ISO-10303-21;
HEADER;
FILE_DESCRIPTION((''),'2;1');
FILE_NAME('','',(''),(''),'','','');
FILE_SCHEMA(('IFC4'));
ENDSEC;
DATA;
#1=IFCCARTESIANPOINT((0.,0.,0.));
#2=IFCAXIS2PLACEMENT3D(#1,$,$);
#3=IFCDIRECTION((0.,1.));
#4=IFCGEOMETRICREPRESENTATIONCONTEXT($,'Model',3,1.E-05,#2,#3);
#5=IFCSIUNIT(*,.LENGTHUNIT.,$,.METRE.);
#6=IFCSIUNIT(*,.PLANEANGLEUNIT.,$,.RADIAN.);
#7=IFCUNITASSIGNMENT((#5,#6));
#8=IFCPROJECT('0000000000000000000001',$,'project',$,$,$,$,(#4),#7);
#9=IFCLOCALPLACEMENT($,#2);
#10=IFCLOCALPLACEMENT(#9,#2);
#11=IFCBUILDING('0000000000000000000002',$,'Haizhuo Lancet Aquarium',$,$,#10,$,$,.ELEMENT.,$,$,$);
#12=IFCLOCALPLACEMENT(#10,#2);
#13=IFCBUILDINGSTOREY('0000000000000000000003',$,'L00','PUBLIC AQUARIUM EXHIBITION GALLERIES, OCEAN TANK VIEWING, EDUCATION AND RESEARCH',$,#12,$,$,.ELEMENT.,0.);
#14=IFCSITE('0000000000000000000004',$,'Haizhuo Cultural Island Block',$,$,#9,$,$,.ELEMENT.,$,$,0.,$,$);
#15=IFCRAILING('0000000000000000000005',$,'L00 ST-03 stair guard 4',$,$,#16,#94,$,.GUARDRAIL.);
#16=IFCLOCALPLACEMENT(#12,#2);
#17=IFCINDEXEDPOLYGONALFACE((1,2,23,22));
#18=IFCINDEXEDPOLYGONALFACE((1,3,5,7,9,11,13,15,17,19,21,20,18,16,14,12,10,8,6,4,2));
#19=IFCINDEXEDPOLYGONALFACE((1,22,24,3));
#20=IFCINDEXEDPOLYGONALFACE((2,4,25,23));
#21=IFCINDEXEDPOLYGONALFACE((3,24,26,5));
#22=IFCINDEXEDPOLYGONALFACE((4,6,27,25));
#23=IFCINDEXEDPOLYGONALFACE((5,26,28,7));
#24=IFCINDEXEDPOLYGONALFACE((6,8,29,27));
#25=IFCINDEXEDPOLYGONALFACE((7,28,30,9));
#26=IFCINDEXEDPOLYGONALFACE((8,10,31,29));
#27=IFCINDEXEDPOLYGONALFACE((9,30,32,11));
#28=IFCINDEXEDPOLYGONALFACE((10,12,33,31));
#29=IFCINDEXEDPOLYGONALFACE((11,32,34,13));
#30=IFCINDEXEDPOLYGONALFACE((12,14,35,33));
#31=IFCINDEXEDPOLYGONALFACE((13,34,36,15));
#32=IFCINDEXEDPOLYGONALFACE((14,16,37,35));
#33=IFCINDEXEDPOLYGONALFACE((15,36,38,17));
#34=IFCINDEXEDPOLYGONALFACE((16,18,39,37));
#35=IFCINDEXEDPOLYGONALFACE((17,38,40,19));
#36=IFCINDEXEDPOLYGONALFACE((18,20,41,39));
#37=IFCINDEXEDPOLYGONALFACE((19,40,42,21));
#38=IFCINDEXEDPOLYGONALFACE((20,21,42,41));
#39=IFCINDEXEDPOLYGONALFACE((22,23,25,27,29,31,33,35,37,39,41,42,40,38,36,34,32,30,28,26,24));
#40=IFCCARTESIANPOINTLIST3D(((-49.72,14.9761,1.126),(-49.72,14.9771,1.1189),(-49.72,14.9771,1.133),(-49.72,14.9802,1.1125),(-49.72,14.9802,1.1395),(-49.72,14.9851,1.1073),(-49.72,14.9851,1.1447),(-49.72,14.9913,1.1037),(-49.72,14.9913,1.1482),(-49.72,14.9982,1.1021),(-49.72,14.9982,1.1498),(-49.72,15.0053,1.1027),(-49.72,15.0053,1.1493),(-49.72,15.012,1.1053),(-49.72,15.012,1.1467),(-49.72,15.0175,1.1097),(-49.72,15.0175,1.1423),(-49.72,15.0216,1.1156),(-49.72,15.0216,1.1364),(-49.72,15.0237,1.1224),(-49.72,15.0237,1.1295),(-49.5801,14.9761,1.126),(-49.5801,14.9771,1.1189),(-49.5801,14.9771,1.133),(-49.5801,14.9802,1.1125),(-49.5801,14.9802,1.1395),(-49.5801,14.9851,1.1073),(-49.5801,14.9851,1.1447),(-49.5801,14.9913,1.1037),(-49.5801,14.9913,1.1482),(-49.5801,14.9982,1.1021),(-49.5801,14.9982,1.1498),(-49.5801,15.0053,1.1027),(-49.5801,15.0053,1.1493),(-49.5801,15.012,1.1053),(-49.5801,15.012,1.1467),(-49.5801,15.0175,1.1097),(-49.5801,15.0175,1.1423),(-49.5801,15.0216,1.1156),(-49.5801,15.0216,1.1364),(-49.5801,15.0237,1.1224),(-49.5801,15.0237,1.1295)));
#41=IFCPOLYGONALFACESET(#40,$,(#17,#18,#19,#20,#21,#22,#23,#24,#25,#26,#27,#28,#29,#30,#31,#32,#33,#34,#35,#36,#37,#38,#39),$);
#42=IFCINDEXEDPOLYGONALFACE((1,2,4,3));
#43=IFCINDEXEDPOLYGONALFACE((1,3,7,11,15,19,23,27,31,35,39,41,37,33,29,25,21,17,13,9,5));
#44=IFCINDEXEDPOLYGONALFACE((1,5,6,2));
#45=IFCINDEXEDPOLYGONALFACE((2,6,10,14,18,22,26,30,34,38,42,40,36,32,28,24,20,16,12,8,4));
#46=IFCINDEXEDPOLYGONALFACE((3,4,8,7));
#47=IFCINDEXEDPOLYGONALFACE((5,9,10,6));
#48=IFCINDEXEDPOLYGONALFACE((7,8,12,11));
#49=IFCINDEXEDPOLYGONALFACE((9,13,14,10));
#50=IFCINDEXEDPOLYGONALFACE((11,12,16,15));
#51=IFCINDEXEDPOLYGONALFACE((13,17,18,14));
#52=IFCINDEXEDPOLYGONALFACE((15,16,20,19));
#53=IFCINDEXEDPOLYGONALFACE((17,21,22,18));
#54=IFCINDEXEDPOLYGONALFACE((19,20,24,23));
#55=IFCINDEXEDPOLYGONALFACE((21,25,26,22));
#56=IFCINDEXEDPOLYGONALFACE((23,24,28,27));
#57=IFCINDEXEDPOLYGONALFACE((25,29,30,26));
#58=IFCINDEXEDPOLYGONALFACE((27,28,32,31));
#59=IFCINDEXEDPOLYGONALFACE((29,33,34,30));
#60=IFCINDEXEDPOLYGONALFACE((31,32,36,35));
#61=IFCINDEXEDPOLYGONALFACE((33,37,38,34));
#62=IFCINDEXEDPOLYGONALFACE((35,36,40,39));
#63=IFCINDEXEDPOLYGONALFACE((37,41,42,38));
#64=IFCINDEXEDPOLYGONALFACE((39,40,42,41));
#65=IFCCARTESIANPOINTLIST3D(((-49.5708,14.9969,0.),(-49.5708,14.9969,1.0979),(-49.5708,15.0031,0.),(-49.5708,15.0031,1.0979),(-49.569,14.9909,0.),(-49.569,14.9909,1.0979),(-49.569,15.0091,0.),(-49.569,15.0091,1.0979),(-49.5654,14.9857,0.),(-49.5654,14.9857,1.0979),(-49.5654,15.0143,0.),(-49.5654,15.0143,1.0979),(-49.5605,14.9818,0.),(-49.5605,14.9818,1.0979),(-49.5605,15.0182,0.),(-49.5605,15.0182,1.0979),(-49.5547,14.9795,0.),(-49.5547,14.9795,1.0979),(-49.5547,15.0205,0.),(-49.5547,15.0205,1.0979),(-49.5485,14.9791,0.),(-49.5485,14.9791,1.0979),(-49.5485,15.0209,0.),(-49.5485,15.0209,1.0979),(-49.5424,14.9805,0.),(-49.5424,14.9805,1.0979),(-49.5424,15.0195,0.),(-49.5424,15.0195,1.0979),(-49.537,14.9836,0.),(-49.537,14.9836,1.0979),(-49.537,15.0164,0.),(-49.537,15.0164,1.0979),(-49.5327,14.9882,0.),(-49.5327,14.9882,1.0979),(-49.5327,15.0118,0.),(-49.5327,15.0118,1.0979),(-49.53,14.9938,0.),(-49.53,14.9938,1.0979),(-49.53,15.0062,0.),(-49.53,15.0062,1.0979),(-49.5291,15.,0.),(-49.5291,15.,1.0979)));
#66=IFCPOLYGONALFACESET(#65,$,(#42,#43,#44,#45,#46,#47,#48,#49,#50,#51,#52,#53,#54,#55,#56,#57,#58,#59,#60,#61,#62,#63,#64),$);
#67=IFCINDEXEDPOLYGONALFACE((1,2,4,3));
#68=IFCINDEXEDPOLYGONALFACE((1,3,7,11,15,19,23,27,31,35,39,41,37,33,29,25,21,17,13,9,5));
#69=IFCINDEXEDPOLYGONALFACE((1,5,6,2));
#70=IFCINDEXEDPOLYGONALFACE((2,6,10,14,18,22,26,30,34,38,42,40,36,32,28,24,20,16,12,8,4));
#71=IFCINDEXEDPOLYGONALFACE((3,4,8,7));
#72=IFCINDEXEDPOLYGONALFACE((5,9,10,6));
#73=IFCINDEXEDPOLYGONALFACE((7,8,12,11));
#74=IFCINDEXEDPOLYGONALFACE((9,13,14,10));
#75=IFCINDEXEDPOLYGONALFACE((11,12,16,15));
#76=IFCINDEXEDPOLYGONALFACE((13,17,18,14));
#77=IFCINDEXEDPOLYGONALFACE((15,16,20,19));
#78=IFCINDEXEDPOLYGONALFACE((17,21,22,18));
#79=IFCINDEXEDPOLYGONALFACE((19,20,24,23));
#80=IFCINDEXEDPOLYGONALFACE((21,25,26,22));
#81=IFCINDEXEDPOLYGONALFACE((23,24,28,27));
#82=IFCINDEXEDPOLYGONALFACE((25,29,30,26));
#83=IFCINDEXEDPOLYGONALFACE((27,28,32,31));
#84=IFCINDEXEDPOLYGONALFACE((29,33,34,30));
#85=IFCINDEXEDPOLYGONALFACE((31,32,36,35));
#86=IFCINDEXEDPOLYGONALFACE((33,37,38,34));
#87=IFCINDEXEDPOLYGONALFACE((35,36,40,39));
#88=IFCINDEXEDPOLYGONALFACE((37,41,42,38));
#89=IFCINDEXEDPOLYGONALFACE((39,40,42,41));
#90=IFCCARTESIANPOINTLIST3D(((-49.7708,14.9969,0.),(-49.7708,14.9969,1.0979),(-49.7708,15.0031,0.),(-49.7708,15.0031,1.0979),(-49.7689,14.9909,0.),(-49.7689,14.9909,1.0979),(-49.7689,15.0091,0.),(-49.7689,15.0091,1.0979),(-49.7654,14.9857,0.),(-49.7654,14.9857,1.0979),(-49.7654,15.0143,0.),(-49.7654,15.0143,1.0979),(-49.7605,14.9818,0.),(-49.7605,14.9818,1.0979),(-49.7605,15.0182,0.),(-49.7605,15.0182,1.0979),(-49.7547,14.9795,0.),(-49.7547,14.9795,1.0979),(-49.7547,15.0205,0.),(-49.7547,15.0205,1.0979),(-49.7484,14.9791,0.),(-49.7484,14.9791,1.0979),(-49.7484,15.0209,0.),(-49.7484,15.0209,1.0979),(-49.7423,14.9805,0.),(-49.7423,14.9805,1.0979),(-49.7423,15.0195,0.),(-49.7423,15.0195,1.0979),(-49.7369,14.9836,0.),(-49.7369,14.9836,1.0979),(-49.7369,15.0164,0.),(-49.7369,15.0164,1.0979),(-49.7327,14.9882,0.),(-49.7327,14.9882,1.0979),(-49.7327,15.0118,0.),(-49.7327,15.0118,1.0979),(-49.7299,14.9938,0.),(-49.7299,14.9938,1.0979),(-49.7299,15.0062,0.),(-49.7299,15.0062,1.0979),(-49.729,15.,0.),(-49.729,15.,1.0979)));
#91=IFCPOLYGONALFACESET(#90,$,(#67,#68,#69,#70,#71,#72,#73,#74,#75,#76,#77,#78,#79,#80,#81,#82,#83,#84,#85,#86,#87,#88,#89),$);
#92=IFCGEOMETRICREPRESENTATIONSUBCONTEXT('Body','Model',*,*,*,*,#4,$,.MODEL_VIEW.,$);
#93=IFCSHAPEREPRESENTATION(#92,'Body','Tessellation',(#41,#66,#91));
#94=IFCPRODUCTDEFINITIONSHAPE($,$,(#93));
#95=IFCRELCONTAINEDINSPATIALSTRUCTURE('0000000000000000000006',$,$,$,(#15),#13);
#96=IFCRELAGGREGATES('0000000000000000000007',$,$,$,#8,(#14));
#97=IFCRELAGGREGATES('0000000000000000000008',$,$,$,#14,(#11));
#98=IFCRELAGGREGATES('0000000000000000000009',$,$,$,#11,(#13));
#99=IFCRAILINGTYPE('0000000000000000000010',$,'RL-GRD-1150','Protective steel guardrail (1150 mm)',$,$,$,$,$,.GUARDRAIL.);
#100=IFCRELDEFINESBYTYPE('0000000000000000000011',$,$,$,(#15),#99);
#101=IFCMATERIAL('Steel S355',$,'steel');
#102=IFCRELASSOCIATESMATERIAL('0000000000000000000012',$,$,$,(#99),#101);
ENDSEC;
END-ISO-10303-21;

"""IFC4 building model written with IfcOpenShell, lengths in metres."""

from ifc_helpers import new_model, si_unit, direction, frame, origin, origin_2d, place, context, subcontext, project, spatial, circle, extrude, material, type_object, element, save


model = new_model("IFC4")

# Units and contexts
model_context = context("Model", 3, precision=1e-05, world=origin(), true_north=direction((0.0, 1.0)))
body_context = subcontext(model_context, "Body", "Model", "MODEL_VIEW")
ifc_project = project(units=[si_unit("LENGTHUNIT", "METRE"), si_unit("PLANEANGLEUNIT", "RADIAN")], contexts=[model_context])

# Site, building, storey
site_placement = place(None, origin())
site = spatial("IfcSite", under=ifc_project, at=site_placement, Name="Haizhuo Cultural Island Block", CompositionType="ELEMENT", RefElevation=0.0)
building_placement = place(site_placement, origin())
building = spatial("IfcBuilding", under=site, at=building_placement, Name="Haizhuo Lancet Aquarium", CompositionType="ELEMENT")
storey_placement = place(building_placement, origin())
storey = spatial("IfcBuildingStorey", under=building, at=storey_placement, Name="L00", Description="PUBLIC AQUARIUM EXHIBITION GALLERIES, OCEAN TANK VIEWING, EDUCATION AND RESEARCH", CompositionType="ELEMENT", Elevation=0.0)

# Shared definitions
ifc_material_1 = material(Name="Steel S355", Category="steel")

# Railing
railing_type_1 = type_object("IfcRailingType", Name="RL-GRD-1150", Description="Protective steel guardrail (1150 mm)", PredefinedType="GUARDRAIL", material=ifc_material_1)
railing_1_placement = place(storey_placement, frame((-49.55, 15.0, 0.0)))
element("IfcRailing", 1, at=railing_1_placement, inside=storey, type_object=railing_type_1, Name="L00 ST-03 stair guard 4", PredefinedType="GUARDRAIL", context=body_context, shape_type="SweptSolid", body=[
    extrude(circle(Radius=0.0239, at=origin_2d()), frame((-0.03, 0.0, 1.126), z_axis=(-1.0, 0.0, 0.0), x_axis=(0.0, -1.0, 0.0)), (0.0, 0.0, 1.0), 0.1399),
    extrude(circle(Radius=0.021, at=origin_2d()), origin(), (0.0, 0.0, 1.0), 1.0979),
    extrude(circle(Radius=0.021, at=origin_2d()), frame((-0.2, 0.0, 0.0)), (0.0, 0.0, 1.0), 1.0979),
])

save(model, "model.ifc")
